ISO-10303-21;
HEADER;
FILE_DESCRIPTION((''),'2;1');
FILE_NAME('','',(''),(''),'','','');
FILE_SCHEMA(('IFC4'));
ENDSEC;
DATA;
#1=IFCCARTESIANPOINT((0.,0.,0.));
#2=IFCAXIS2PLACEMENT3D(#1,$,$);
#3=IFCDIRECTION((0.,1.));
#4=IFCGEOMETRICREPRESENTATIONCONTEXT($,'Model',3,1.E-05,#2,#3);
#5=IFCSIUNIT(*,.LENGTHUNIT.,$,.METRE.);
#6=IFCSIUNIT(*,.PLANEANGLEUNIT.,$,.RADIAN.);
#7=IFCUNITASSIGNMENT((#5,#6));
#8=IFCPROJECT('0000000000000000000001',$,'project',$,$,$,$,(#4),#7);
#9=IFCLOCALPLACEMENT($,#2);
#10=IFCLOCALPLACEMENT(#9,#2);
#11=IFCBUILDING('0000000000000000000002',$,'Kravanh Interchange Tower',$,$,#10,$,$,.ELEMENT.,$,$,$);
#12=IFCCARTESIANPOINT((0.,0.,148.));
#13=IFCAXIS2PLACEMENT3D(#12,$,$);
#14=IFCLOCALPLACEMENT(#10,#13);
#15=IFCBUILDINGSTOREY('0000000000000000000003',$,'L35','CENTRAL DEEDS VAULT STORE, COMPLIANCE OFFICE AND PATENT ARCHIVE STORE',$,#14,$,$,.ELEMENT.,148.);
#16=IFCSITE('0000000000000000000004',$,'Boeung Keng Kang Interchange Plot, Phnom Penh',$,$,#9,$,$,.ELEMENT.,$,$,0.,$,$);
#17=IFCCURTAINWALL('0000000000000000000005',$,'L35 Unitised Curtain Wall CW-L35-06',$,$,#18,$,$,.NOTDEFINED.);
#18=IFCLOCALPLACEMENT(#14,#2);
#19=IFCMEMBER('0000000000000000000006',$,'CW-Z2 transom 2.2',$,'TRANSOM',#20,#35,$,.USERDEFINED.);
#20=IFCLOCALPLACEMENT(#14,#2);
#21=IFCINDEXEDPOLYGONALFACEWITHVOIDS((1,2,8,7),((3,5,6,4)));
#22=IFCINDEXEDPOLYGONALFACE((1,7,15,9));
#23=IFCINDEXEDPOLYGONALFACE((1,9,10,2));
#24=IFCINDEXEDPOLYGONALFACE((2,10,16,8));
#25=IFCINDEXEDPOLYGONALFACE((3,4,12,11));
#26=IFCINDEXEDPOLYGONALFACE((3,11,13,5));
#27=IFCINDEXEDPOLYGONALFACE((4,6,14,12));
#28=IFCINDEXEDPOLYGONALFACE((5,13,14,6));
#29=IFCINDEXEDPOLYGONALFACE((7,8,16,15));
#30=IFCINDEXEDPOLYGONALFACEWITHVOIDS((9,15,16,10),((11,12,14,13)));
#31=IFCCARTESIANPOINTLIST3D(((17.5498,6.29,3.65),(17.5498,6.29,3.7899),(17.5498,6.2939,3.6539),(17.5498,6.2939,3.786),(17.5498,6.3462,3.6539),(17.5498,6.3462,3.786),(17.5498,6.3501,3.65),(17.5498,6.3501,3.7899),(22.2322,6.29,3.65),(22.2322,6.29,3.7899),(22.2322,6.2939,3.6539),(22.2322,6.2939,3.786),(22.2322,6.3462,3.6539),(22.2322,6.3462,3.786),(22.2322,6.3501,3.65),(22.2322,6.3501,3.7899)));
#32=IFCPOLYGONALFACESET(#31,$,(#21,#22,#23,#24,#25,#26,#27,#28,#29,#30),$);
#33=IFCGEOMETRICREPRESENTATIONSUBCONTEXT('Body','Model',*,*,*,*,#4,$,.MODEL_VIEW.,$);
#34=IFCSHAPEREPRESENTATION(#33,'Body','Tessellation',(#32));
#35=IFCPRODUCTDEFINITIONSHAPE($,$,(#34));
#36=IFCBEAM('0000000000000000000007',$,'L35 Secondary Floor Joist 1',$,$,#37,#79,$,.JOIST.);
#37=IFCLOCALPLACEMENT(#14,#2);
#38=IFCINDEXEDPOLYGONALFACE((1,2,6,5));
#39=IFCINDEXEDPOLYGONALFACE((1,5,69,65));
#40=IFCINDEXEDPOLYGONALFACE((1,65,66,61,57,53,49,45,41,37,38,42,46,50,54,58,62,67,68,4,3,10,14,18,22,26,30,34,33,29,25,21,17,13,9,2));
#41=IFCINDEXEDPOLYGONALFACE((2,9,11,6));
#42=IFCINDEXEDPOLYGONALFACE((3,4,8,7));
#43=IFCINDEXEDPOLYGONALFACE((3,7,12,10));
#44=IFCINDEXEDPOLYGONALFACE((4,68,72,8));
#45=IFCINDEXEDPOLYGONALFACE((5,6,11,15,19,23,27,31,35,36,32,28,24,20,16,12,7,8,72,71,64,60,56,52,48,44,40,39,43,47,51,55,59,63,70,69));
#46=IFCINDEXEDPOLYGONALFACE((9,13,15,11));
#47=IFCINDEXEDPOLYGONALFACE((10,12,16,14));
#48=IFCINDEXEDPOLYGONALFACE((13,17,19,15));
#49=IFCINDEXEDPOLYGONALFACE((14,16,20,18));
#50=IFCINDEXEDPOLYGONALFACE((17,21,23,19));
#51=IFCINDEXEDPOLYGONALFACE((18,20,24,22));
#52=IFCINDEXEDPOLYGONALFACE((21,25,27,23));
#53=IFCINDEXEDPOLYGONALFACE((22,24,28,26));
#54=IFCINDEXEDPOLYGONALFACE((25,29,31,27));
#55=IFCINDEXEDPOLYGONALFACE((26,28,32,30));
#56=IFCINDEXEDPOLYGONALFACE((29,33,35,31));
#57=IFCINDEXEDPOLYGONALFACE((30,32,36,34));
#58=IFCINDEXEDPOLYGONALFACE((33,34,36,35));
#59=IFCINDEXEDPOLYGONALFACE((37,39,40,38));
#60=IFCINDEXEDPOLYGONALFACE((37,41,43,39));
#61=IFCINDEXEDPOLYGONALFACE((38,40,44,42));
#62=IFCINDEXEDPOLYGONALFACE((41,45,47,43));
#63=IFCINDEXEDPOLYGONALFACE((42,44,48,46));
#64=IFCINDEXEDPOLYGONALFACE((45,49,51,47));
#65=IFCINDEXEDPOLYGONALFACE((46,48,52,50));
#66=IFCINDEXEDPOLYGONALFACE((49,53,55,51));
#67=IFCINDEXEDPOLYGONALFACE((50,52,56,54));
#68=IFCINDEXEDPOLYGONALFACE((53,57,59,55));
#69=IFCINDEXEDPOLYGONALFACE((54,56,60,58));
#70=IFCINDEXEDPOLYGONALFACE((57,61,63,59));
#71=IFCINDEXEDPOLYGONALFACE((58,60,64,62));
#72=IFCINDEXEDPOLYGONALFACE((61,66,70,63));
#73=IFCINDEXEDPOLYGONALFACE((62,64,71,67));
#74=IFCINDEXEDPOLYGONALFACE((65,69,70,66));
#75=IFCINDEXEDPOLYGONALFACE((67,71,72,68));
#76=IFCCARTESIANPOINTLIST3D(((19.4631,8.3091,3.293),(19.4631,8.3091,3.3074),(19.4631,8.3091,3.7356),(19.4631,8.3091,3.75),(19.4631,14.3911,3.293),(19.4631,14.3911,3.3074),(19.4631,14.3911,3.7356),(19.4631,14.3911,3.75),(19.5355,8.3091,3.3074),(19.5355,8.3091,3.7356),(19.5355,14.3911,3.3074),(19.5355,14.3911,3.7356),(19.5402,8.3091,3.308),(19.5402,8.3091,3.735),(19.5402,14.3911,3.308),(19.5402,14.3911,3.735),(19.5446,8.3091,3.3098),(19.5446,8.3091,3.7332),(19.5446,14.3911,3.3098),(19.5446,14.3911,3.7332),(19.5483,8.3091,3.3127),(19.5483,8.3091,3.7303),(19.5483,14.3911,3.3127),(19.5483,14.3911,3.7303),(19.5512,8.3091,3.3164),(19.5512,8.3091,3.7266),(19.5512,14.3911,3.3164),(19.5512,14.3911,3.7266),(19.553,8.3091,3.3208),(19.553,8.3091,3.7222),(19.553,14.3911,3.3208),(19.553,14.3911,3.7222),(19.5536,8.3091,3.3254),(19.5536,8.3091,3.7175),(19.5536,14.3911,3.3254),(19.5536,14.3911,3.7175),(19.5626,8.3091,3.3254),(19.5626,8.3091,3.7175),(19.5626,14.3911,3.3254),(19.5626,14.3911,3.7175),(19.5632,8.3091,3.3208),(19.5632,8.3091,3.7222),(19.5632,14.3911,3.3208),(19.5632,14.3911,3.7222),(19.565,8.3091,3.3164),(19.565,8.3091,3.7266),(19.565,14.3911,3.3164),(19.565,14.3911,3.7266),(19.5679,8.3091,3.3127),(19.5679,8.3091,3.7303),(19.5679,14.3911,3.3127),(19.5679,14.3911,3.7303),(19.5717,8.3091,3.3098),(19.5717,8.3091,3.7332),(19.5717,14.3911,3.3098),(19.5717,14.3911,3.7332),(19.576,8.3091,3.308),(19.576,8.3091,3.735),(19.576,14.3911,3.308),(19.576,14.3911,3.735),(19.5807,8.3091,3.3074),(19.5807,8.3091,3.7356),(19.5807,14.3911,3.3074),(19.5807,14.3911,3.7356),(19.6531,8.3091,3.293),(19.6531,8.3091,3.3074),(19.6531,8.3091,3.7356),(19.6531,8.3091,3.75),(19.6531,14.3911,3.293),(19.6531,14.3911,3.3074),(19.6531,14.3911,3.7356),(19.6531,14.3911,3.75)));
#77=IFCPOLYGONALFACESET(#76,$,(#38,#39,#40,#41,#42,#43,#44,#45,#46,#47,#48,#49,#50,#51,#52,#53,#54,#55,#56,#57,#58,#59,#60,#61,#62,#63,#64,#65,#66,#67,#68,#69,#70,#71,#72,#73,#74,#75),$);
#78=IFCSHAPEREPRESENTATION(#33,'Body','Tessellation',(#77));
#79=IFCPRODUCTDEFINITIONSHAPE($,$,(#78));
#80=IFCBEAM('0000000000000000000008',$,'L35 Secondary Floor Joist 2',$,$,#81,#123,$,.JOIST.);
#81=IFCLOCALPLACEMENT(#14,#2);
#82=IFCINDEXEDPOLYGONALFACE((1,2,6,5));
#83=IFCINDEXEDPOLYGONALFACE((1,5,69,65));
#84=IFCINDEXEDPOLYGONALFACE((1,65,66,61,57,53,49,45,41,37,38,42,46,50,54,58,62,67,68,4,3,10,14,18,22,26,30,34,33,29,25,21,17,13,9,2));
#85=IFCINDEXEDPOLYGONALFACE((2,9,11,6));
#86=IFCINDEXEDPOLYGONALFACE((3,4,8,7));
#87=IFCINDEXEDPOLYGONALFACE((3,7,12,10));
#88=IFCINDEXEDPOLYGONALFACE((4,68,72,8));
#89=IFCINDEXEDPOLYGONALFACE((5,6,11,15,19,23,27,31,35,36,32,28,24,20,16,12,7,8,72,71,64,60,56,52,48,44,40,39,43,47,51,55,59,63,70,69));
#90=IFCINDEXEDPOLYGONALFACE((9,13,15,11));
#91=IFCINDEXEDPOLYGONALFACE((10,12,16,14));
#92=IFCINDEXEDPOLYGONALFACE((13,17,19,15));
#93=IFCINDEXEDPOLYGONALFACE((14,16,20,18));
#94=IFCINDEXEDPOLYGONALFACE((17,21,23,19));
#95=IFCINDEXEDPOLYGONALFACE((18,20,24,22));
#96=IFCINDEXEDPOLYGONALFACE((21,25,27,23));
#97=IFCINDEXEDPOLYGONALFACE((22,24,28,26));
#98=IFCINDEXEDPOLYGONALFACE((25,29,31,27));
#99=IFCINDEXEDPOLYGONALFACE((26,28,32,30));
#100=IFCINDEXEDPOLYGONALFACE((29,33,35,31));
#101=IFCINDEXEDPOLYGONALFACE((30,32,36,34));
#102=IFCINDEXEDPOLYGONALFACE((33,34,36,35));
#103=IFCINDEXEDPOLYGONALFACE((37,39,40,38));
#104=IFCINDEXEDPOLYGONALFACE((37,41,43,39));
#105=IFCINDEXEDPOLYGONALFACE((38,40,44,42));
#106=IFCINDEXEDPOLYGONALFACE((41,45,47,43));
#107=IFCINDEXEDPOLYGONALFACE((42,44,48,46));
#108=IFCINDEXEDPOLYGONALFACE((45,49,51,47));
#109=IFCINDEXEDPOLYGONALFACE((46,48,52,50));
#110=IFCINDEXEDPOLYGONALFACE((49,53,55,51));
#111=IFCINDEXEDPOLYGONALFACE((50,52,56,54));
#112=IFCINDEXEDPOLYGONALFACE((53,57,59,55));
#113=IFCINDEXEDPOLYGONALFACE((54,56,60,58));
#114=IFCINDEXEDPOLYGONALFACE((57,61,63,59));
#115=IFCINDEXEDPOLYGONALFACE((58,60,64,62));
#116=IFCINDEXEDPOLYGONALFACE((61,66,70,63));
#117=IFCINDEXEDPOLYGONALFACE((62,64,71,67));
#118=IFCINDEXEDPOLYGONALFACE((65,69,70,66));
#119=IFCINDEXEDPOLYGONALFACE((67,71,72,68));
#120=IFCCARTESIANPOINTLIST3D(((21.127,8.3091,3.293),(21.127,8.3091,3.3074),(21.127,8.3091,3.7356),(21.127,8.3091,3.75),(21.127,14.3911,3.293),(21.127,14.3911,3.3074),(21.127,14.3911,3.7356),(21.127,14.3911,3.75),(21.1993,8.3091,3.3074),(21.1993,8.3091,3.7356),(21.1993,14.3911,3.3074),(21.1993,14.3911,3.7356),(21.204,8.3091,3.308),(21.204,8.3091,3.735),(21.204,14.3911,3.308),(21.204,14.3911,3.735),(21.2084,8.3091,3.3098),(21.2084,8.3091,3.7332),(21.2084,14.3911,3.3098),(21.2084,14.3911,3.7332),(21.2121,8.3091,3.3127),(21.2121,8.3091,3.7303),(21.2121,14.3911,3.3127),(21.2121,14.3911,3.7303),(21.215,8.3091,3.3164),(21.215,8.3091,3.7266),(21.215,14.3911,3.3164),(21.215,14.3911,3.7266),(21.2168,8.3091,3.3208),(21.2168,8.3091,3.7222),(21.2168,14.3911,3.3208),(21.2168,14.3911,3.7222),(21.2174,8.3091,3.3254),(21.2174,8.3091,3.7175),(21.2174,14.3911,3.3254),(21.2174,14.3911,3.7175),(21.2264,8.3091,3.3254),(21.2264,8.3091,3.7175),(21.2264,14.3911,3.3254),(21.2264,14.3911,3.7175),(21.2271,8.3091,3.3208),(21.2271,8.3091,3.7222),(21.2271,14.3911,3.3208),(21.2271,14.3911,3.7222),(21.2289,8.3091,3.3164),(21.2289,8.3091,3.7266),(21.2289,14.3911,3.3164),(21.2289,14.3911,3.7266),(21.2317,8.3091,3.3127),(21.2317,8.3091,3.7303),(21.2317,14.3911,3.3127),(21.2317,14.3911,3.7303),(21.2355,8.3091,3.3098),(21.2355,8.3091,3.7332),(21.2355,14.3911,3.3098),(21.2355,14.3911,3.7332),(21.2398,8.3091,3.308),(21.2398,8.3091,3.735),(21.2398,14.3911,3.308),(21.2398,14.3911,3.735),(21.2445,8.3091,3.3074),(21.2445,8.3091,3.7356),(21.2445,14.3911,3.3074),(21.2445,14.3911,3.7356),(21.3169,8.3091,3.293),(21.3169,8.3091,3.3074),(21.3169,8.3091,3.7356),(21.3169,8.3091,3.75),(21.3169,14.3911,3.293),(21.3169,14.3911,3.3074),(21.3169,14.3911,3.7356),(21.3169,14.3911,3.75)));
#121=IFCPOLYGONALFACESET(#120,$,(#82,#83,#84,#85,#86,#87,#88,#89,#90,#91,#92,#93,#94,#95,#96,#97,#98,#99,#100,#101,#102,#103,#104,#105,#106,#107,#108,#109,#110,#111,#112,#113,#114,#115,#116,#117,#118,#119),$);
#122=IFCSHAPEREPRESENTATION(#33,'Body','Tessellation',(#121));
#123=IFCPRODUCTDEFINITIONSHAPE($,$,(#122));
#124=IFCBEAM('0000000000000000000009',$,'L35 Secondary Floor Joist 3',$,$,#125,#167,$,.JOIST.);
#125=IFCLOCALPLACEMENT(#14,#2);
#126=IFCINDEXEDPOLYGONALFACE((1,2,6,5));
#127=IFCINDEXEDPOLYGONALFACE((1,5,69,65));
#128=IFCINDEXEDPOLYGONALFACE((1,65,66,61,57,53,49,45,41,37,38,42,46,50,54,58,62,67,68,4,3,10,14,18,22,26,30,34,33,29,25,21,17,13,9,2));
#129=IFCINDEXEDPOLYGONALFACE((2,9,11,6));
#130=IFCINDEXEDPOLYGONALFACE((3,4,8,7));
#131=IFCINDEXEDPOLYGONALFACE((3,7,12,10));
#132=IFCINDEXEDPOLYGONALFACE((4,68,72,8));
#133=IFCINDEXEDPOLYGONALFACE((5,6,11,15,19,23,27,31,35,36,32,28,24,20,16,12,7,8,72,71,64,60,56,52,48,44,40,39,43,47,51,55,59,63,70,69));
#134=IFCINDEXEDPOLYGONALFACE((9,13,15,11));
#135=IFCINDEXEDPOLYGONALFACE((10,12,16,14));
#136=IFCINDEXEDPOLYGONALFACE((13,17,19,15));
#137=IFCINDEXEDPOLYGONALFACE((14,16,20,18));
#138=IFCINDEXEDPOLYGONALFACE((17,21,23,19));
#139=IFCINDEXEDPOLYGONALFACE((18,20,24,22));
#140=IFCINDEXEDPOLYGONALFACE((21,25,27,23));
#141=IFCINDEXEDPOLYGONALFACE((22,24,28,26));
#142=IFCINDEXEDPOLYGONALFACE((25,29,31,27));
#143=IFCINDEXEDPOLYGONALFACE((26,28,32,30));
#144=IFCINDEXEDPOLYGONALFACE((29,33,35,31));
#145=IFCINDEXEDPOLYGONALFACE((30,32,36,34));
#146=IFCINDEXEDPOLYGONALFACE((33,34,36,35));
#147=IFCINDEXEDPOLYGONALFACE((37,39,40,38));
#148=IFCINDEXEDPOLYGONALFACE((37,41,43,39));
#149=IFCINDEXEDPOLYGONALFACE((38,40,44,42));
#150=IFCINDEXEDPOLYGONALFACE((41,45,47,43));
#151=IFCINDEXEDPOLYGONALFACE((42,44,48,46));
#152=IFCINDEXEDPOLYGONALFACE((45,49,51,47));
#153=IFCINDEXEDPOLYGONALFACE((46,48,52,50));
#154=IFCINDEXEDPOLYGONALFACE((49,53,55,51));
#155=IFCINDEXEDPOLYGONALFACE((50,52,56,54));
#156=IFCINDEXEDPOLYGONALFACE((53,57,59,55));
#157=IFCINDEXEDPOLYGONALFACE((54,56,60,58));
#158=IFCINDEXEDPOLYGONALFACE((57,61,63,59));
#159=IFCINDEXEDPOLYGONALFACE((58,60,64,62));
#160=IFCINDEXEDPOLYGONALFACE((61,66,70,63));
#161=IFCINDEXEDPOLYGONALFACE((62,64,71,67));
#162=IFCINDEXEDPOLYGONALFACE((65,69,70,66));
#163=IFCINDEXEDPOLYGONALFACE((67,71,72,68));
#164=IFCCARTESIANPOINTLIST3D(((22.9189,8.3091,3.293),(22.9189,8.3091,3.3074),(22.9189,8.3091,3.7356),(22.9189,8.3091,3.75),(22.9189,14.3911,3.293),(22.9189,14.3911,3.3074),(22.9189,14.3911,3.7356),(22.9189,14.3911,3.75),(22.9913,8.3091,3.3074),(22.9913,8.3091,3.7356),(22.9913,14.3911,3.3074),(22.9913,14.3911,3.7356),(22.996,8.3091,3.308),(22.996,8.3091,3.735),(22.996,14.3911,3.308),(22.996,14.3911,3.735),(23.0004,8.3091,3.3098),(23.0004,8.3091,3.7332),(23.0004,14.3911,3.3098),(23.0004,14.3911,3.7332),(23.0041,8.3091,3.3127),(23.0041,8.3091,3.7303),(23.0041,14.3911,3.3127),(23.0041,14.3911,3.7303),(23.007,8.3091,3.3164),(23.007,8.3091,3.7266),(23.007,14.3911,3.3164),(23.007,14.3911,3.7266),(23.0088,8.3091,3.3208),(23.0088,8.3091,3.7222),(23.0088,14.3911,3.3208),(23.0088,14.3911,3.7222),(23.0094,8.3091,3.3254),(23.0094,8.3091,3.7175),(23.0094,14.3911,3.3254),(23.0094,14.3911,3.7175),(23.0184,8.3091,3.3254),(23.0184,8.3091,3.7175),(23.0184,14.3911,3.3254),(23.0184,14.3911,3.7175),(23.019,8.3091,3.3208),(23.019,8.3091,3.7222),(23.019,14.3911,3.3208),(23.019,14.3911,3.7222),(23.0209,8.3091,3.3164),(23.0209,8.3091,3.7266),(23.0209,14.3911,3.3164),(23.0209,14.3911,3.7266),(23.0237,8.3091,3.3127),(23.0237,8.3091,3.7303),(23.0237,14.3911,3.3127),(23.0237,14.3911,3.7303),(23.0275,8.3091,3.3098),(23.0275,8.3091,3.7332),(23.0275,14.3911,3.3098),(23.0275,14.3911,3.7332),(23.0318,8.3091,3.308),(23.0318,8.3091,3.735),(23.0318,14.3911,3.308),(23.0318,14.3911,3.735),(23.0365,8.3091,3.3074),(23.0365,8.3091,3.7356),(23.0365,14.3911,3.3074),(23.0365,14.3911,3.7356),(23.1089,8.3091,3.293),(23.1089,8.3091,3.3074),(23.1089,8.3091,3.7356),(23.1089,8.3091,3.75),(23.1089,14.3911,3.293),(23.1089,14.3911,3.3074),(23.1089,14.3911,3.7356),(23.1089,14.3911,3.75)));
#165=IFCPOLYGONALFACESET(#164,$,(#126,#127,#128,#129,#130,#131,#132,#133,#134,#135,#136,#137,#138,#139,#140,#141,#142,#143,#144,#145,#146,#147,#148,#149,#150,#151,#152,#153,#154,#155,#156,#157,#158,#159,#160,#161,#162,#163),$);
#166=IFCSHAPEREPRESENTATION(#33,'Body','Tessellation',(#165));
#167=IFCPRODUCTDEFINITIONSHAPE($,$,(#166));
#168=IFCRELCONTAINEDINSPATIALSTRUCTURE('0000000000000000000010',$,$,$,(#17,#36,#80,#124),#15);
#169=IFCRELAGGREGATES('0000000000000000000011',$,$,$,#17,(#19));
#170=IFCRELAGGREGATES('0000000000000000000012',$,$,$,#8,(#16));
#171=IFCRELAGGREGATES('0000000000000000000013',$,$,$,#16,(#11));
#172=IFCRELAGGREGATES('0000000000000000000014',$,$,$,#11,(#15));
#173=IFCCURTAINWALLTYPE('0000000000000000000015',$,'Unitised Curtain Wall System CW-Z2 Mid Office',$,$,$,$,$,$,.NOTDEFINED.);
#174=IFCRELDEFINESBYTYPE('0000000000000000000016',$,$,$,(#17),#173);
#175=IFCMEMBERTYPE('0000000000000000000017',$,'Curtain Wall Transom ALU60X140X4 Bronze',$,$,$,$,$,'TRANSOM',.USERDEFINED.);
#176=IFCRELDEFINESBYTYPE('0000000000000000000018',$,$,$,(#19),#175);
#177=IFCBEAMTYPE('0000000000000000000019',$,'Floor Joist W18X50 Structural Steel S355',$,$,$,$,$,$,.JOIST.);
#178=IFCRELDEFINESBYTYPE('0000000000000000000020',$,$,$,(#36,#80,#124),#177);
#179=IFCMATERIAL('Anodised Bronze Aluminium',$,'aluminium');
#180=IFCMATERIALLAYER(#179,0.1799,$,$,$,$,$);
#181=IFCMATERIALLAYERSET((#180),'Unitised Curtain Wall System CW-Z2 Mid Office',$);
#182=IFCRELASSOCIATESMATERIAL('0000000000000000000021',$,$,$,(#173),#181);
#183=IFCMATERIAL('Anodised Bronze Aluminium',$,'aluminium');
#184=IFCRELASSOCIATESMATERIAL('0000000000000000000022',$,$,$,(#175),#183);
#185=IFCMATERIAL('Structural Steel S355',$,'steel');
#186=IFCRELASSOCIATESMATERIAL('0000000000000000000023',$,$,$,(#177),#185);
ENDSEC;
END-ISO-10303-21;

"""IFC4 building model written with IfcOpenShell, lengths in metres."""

from ifc_helpers import new_model, si_unit, direction, frame, origin, origin_2d, place, context, subcontext, project, spatial, hollow_rectangle, i_section, extrude, material, layer, layer_set, material_profile, profile_set, type_object, element, aggregate, save


model = new_model("IFC4")

# Units and contexts
model_context = context("Model", 3, precision=1e-05, world=origin(), true_north=direction((0.0, 1.0)))
body_context = subcontext(model_context, "Body", "Model", "MODEL_VIEW")
ifc_project = project(units=[si_unit("LENGTHUNIT", "METRE"), si_unit("PLANEANGLEUNIT", "RADIAN")], contexts=[model_context])

# Site, building, storey
site_placement = place(None, origin())
site = spatial("IfcSite", under=ifc_project, at=site_placement, Name="Boeung Keng Kang Interchange Plot, Phnom Penh", CompositionType="ELEMENT", RefElevation=0.0)
building_placement = place(site_placement, origin())
building = spatial("IfcBuilding", under=site, at=building_placement, Name="Kravanh Interchange Tower", CompositionType="ELEMENT")
storey_placement = place(building_placement, frame((0.0, 0.0, 148.0)))
storey = spatial("IfcBuildingStorey", under=building, at=storey_placement, Name="L35", Description="CENTRAL DEEDS VAULT STORE, COMPLIANCE OFFICE AND PATENT ARCHIVE STORE", CompositionType="ELEMENT", Elevation=148.0)

# Curtain wall
ifc_material_1 = material(Name="Anodised Bronze Aluminium", Category="aluminium")
ifc_layer_1 = layer(ifc_material_1, 0.1799)
ifc_layer_set_1 = layer_set([ifc_layer_1], Name="Unitised Curtain Wall System CW-Z2 Mid Office")
curtain_wall_type = type_object("IfcCurtainWallType", Name="Unitised Curtain Wall System CW-Z2 Mid Office", PredefinedType="NOTDEFINED", material=ifc_layer_set_1)
curtain_wall_1_placement = place(storey_placement, origin())
curtain_wall_1 = element("IfcCurtainWall", 1, at=curtain_wall_1_placement, inside=storey, type_object=curtain_wall_type, Name="L35 Unitised Curtain Wall CW-L35-06", PredefinedType="NOTDEFINED")

# Member
ifc_material_2 = material(Name="Anodised Bronze Aluminium", Category="aluminium")
ifc_material_profile_1 = material_profile(ifc_material_2, hollow_rectangle(XDim=0.0601, YDim=0.1399, WallThickness=0.0039, at=origin_2d()), Name="ALU60X140X4")
ifc_profile_set_1 = profile_set([ifc_material_profile_1], Name="Anodised Bronze Aluminium")
member_type_1 = type_object("IfcMemberType", Name="Curtain Wall Transom ALU60X140X4 Bronze", ElementType="TRANSOM", PredefinedType="USERDEFINED", material=ifc_profile_set_1)
member_1_placement = place(storey_placement, frame((22.2322, 6.3201, 3.72), z_axis=(-1.0, 0.0, 0.0), x_axis=(0.0, -1.0, 0.0)))
member_1 = element("IfcMember", 2, at=member_1_placement, type_object=member_type_1, Name="CW-Z2 transom 2.2", ObjectType="TRANSOM", PredefinedType="USERDEFINED", context=body_context, shape_type="SweptSolid", body=[
    extrude(hollow_rectangle(XDim=0.0601, YDim=0.1399, WallThickness=0.0039, at=origin_2d()), origin(), (0.0, 0.0, 1.0), 4.6824),
])

# Beams
ifc_material_3 = material(Name="Structural Steel S355", Category="steel")
ifc_material_profile_2 = material_profile(ifc_material_3, i_section(OverallWidth=0.1899, OverallDepth=0.457, WebThickness=0.009, FlangeThickness=0.0144, FilletRadius=0.0181, at=origin_2d()), Name="W18X50")
ifc_profile_set_2 = profile_set([ifc_material_profile_2], Name="Structural Steel S355")
beam_type_1 = type_object("IfcBeamType", Name="Floor Joist W18X50 Structural Steel S355", PredefinedType="JOIST", material=ifc_profile_set_2)
for number, where, z_axis, x_axis, name in (
    (3, (19.5581, 8.3091, 3.5215), (0.0, 1.0, 0.0), (-1.0, 0.0, 0.0), "L35 Secondary Floor Joist 1"),
    (4, (21.2219, 8.3091, 3.5215), (0.0, 1.0, 0.0), (-1.0, 0.0, 0.0), "L35 Secondary Floor Joist 2"),
    (5, (23.0139, 8.3091, 3.5215), (0.0, 1.0, 0.0), (-1.0, 0.0, 0.0), "L35 Secondary Floor Joist 3"),
):
    element("IfcBeam", number, at=place(storey_placement, frame(where, z_axis=z_axis, x_axis=x_axis)), inside=storey, type_object=beam_type_1, Name=name, PredefinedType="JOIST", context=body_context, shape_type="SweptSolid", body=[
        extrude(i_section(OverallWidth=0.1899, OverallDepth=0.457, WebThickness=0.009, FlangeThickness=0.0144, FilletRadius=0.0181, at=origin_2d()), origin(), (0.0, 0.0, 1.0), 6.082),
    ])

aggregate(curtain_wall_1, [member_1])

save(model, "model.ifc")
